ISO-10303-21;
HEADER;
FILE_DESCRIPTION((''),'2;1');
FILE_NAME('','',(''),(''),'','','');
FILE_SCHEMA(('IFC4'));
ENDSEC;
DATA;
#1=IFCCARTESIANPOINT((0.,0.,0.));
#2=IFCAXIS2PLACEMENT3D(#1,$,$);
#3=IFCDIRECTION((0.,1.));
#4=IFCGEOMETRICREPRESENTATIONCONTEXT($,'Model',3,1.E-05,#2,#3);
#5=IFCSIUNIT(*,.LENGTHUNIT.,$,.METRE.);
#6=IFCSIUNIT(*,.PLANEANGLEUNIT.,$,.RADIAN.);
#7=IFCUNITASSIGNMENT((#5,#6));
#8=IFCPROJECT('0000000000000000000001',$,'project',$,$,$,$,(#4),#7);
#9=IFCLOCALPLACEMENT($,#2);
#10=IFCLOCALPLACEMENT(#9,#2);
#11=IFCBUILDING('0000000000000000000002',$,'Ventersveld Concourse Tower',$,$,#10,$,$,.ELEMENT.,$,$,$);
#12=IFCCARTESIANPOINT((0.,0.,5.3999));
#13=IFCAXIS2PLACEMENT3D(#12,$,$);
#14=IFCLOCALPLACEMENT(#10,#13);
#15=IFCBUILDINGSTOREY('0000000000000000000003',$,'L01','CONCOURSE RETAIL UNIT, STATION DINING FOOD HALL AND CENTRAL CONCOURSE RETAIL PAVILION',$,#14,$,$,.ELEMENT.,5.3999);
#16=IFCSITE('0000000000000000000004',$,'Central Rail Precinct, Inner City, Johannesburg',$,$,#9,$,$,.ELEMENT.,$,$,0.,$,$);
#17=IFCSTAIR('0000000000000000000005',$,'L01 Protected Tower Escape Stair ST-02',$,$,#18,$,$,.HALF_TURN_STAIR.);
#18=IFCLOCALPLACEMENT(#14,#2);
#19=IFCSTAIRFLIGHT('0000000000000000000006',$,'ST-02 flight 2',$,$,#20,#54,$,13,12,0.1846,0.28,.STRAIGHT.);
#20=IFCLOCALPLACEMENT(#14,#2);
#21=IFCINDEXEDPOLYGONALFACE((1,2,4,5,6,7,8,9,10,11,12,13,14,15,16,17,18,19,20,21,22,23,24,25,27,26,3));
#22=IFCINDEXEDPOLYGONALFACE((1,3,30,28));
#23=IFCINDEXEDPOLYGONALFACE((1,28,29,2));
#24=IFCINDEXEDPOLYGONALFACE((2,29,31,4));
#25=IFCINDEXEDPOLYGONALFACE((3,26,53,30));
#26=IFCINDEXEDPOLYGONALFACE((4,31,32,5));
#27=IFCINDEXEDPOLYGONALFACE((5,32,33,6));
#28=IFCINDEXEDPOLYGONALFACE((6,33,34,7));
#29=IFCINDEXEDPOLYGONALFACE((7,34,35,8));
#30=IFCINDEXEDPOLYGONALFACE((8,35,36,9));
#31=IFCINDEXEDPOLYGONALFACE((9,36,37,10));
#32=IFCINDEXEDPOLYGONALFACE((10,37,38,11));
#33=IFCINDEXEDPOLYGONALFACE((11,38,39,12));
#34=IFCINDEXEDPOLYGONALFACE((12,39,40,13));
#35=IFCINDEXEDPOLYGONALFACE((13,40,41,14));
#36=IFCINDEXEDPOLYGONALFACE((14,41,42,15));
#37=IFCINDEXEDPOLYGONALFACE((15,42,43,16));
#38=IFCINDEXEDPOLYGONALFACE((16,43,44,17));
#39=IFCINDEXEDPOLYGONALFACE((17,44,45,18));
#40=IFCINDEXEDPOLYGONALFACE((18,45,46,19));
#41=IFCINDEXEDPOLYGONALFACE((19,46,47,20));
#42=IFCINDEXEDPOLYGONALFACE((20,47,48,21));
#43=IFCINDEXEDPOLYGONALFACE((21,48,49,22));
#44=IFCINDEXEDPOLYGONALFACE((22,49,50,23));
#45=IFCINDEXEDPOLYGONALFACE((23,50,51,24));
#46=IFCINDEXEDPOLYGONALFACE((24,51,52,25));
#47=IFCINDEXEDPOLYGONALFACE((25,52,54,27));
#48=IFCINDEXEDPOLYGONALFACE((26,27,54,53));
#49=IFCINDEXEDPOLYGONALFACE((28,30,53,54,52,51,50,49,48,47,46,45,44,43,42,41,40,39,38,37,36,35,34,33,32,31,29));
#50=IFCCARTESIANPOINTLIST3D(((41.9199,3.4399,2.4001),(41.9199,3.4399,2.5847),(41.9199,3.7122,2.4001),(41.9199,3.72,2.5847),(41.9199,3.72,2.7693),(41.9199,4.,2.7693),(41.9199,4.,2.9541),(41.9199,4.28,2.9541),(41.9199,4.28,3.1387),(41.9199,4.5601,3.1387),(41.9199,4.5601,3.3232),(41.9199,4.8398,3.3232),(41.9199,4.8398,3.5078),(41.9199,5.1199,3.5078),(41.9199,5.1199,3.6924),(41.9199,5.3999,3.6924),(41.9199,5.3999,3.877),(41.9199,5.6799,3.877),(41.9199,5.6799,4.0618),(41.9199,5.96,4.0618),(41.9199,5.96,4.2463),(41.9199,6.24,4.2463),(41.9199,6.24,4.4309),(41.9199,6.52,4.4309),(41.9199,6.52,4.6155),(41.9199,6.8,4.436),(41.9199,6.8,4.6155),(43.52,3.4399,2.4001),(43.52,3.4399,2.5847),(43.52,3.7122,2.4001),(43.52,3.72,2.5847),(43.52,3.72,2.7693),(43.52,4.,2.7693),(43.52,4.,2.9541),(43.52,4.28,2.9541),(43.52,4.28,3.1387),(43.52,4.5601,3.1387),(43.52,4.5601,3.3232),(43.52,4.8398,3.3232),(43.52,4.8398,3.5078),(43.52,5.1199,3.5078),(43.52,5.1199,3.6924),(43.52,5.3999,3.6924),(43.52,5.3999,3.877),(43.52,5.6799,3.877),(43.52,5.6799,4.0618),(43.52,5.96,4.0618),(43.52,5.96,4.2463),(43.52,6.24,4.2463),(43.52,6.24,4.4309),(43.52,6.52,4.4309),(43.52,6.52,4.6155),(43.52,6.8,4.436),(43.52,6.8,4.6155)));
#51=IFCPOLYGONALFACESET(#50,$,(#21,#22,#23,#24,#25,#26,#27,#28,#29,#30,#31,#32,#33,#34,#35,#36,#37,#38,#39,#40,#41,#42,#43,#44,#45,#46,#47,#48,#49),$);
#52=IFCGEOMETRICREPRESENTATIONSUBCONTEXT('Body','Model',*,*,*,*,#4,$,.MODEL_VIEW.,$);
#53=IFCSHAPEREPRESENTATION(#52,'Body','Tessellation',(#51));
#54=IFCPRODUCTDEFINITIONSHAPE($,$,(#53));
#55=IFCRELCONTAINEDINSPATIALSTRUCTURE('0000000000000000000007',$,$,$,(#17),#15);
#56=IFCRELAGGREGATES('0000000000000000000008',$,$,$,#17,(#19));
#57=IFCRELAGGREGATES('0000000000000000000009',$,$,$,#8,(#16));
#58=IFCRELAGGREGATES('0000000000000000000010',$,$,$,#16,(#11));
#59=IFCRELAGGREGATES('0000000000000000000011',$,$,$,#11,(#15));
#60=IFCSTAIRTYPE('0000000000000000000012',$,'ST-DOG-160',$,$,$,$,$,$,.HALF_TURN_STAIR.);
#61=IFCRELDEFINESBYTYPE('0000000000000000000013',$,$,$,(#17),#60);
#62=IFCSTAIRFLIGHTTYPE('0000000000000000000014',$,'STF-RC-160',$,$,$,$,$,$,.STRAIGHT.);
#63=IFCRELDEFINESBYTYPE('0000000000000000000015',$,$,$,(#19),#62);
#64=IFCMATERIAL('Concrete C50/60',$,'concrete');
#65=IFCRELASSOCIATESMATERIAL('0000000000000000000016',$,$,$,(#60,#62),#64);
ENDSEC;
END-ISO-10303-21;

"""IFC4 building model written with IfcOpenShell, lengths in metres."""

from ifc_helpers import new_model, si_unit, direction, frame, origin, place, context, subcontext, project, spatial, polyline, outline, extrude, material, type_object, element, aggregate, save


model = new_model("IFC4")

# Units and contexts
model_context = context("Model", 3, precision=1e-05, world=origin(), true_north=direction((0.0, 1.0)))
body_context = subcontext(model_context, "Body", "Model", "MODEL_VIEW")
ifc_project = project(units=[si_unit("LENGTHUNIT", "METRE"), si_unit("PLANEANGLEUNIT", "RADIAN")], contexts=[model_context])

# Site, building, storey
site_placement = place(None, origin())
site = spatial("IfcSite", under=ifc_project, at=site_placement, Name="Central Rail Precinct, Inner City, Johannesburg", CompositionType="ELEMENT", RefElevation=0.0)
building_placement = place(site_placement, origin())
building = spatial("IfcBuilding", under=site, at=building_placement, Name="Ventersveld Concourse Tower", CompositionType="ELEMENT")
storey_placement = place(building_placement, frame((0.0, 0.0, 5.3999)))
storey = spatial("IfcBuildingStorey", under=building, at=storey_placement, Name="L01", Description="CONCOURSE RETAIL UNIT, STATION DINING FOOD HALL AND CENTRAL CONCOURSE RETAIL PAVILION", CompositionType="ELEMENT", Elevation=5.3999)

# Shared definitions
ifc_material_1 = material(Name="Concrete C50/60", Category="concrete")

# Stair, stair flight
stair_type = type_object("IfcStairType", Name="ST-DOG-160", PredefinedType="HALF_TURN_STAIR", material=ifc_material_1)
stair_placement = place(storey_placement, origin())
stair = element("IfcStair", 1, at=stair_placement, inside=storey, type_object=stair_type, Name="L01 Protected Tower Escape Stair ST-02", PredefinedType="HALF_TURN_STAIR")
stair_flight_type = type_object("IfcStairFlightType", Name="STF-RC-160", PredefinedType="STRAIGHT", material=ifc_material_1)
stair_flight_1_placement = place(storey_placement, frame((42.72, 3.4399, 2.4001), z_axis=(0.0, 0.0, 1.0), x_axis=(0.0, 1.0, 0.0)))
stair_flight_1 = element("IfcStairFlight", 2, at=stair_flight_1_placement, type_object=stair_flight_type, Name="ST-02 flight 2", NumberOfRisers=13, NumberOfTreads=12, PredefinedType="STRAIGHT", RiserHeight=0.1846, TreadLength=0.28, context=body_context, shape_type="SweptSolid", body=[
    extrude(outline(polyline([(0.0, 0.0), (0.0, 0.1846), (0.28, 0.1846), (0.28, 0.3691), (0.5601, 0.3691), (0.5601, 0.554), (0.8401, 0.554), (0.8401, 0.7385), (1.1201, 0.7385), (1.1201, 0.9231), (1.3999, 0.9231), (1.3999, 1.1077), (1.6799, 1.1077), (1.6799, 1.2922), (1.96, 1.2922), (1.96, 1.4768), (2.24, 1.4768), (2.24, 1.6616), (2.52, 1.6616), (2.52, 1.8462), (2.8, 1.8462), (2.8, 2.0308), (3.0801, 2.0308), (3.0801, 2.2153), (3.3601, 2.2153), (3.3601, 2.3999), (3.3601, 2.0359), (0.2722, 0.0), (0.0, 0.0)])), frame((0.0, 0.8, 0.0), z_axis=(0.0, -1.0, 0.0), x_axis=(1.0, 0.0, 0.0)), (0.0, 0.0, 1.0), 1.6001),
])
aggregate(stair, [stair_flight_1])

save(model, "model.ifc")
